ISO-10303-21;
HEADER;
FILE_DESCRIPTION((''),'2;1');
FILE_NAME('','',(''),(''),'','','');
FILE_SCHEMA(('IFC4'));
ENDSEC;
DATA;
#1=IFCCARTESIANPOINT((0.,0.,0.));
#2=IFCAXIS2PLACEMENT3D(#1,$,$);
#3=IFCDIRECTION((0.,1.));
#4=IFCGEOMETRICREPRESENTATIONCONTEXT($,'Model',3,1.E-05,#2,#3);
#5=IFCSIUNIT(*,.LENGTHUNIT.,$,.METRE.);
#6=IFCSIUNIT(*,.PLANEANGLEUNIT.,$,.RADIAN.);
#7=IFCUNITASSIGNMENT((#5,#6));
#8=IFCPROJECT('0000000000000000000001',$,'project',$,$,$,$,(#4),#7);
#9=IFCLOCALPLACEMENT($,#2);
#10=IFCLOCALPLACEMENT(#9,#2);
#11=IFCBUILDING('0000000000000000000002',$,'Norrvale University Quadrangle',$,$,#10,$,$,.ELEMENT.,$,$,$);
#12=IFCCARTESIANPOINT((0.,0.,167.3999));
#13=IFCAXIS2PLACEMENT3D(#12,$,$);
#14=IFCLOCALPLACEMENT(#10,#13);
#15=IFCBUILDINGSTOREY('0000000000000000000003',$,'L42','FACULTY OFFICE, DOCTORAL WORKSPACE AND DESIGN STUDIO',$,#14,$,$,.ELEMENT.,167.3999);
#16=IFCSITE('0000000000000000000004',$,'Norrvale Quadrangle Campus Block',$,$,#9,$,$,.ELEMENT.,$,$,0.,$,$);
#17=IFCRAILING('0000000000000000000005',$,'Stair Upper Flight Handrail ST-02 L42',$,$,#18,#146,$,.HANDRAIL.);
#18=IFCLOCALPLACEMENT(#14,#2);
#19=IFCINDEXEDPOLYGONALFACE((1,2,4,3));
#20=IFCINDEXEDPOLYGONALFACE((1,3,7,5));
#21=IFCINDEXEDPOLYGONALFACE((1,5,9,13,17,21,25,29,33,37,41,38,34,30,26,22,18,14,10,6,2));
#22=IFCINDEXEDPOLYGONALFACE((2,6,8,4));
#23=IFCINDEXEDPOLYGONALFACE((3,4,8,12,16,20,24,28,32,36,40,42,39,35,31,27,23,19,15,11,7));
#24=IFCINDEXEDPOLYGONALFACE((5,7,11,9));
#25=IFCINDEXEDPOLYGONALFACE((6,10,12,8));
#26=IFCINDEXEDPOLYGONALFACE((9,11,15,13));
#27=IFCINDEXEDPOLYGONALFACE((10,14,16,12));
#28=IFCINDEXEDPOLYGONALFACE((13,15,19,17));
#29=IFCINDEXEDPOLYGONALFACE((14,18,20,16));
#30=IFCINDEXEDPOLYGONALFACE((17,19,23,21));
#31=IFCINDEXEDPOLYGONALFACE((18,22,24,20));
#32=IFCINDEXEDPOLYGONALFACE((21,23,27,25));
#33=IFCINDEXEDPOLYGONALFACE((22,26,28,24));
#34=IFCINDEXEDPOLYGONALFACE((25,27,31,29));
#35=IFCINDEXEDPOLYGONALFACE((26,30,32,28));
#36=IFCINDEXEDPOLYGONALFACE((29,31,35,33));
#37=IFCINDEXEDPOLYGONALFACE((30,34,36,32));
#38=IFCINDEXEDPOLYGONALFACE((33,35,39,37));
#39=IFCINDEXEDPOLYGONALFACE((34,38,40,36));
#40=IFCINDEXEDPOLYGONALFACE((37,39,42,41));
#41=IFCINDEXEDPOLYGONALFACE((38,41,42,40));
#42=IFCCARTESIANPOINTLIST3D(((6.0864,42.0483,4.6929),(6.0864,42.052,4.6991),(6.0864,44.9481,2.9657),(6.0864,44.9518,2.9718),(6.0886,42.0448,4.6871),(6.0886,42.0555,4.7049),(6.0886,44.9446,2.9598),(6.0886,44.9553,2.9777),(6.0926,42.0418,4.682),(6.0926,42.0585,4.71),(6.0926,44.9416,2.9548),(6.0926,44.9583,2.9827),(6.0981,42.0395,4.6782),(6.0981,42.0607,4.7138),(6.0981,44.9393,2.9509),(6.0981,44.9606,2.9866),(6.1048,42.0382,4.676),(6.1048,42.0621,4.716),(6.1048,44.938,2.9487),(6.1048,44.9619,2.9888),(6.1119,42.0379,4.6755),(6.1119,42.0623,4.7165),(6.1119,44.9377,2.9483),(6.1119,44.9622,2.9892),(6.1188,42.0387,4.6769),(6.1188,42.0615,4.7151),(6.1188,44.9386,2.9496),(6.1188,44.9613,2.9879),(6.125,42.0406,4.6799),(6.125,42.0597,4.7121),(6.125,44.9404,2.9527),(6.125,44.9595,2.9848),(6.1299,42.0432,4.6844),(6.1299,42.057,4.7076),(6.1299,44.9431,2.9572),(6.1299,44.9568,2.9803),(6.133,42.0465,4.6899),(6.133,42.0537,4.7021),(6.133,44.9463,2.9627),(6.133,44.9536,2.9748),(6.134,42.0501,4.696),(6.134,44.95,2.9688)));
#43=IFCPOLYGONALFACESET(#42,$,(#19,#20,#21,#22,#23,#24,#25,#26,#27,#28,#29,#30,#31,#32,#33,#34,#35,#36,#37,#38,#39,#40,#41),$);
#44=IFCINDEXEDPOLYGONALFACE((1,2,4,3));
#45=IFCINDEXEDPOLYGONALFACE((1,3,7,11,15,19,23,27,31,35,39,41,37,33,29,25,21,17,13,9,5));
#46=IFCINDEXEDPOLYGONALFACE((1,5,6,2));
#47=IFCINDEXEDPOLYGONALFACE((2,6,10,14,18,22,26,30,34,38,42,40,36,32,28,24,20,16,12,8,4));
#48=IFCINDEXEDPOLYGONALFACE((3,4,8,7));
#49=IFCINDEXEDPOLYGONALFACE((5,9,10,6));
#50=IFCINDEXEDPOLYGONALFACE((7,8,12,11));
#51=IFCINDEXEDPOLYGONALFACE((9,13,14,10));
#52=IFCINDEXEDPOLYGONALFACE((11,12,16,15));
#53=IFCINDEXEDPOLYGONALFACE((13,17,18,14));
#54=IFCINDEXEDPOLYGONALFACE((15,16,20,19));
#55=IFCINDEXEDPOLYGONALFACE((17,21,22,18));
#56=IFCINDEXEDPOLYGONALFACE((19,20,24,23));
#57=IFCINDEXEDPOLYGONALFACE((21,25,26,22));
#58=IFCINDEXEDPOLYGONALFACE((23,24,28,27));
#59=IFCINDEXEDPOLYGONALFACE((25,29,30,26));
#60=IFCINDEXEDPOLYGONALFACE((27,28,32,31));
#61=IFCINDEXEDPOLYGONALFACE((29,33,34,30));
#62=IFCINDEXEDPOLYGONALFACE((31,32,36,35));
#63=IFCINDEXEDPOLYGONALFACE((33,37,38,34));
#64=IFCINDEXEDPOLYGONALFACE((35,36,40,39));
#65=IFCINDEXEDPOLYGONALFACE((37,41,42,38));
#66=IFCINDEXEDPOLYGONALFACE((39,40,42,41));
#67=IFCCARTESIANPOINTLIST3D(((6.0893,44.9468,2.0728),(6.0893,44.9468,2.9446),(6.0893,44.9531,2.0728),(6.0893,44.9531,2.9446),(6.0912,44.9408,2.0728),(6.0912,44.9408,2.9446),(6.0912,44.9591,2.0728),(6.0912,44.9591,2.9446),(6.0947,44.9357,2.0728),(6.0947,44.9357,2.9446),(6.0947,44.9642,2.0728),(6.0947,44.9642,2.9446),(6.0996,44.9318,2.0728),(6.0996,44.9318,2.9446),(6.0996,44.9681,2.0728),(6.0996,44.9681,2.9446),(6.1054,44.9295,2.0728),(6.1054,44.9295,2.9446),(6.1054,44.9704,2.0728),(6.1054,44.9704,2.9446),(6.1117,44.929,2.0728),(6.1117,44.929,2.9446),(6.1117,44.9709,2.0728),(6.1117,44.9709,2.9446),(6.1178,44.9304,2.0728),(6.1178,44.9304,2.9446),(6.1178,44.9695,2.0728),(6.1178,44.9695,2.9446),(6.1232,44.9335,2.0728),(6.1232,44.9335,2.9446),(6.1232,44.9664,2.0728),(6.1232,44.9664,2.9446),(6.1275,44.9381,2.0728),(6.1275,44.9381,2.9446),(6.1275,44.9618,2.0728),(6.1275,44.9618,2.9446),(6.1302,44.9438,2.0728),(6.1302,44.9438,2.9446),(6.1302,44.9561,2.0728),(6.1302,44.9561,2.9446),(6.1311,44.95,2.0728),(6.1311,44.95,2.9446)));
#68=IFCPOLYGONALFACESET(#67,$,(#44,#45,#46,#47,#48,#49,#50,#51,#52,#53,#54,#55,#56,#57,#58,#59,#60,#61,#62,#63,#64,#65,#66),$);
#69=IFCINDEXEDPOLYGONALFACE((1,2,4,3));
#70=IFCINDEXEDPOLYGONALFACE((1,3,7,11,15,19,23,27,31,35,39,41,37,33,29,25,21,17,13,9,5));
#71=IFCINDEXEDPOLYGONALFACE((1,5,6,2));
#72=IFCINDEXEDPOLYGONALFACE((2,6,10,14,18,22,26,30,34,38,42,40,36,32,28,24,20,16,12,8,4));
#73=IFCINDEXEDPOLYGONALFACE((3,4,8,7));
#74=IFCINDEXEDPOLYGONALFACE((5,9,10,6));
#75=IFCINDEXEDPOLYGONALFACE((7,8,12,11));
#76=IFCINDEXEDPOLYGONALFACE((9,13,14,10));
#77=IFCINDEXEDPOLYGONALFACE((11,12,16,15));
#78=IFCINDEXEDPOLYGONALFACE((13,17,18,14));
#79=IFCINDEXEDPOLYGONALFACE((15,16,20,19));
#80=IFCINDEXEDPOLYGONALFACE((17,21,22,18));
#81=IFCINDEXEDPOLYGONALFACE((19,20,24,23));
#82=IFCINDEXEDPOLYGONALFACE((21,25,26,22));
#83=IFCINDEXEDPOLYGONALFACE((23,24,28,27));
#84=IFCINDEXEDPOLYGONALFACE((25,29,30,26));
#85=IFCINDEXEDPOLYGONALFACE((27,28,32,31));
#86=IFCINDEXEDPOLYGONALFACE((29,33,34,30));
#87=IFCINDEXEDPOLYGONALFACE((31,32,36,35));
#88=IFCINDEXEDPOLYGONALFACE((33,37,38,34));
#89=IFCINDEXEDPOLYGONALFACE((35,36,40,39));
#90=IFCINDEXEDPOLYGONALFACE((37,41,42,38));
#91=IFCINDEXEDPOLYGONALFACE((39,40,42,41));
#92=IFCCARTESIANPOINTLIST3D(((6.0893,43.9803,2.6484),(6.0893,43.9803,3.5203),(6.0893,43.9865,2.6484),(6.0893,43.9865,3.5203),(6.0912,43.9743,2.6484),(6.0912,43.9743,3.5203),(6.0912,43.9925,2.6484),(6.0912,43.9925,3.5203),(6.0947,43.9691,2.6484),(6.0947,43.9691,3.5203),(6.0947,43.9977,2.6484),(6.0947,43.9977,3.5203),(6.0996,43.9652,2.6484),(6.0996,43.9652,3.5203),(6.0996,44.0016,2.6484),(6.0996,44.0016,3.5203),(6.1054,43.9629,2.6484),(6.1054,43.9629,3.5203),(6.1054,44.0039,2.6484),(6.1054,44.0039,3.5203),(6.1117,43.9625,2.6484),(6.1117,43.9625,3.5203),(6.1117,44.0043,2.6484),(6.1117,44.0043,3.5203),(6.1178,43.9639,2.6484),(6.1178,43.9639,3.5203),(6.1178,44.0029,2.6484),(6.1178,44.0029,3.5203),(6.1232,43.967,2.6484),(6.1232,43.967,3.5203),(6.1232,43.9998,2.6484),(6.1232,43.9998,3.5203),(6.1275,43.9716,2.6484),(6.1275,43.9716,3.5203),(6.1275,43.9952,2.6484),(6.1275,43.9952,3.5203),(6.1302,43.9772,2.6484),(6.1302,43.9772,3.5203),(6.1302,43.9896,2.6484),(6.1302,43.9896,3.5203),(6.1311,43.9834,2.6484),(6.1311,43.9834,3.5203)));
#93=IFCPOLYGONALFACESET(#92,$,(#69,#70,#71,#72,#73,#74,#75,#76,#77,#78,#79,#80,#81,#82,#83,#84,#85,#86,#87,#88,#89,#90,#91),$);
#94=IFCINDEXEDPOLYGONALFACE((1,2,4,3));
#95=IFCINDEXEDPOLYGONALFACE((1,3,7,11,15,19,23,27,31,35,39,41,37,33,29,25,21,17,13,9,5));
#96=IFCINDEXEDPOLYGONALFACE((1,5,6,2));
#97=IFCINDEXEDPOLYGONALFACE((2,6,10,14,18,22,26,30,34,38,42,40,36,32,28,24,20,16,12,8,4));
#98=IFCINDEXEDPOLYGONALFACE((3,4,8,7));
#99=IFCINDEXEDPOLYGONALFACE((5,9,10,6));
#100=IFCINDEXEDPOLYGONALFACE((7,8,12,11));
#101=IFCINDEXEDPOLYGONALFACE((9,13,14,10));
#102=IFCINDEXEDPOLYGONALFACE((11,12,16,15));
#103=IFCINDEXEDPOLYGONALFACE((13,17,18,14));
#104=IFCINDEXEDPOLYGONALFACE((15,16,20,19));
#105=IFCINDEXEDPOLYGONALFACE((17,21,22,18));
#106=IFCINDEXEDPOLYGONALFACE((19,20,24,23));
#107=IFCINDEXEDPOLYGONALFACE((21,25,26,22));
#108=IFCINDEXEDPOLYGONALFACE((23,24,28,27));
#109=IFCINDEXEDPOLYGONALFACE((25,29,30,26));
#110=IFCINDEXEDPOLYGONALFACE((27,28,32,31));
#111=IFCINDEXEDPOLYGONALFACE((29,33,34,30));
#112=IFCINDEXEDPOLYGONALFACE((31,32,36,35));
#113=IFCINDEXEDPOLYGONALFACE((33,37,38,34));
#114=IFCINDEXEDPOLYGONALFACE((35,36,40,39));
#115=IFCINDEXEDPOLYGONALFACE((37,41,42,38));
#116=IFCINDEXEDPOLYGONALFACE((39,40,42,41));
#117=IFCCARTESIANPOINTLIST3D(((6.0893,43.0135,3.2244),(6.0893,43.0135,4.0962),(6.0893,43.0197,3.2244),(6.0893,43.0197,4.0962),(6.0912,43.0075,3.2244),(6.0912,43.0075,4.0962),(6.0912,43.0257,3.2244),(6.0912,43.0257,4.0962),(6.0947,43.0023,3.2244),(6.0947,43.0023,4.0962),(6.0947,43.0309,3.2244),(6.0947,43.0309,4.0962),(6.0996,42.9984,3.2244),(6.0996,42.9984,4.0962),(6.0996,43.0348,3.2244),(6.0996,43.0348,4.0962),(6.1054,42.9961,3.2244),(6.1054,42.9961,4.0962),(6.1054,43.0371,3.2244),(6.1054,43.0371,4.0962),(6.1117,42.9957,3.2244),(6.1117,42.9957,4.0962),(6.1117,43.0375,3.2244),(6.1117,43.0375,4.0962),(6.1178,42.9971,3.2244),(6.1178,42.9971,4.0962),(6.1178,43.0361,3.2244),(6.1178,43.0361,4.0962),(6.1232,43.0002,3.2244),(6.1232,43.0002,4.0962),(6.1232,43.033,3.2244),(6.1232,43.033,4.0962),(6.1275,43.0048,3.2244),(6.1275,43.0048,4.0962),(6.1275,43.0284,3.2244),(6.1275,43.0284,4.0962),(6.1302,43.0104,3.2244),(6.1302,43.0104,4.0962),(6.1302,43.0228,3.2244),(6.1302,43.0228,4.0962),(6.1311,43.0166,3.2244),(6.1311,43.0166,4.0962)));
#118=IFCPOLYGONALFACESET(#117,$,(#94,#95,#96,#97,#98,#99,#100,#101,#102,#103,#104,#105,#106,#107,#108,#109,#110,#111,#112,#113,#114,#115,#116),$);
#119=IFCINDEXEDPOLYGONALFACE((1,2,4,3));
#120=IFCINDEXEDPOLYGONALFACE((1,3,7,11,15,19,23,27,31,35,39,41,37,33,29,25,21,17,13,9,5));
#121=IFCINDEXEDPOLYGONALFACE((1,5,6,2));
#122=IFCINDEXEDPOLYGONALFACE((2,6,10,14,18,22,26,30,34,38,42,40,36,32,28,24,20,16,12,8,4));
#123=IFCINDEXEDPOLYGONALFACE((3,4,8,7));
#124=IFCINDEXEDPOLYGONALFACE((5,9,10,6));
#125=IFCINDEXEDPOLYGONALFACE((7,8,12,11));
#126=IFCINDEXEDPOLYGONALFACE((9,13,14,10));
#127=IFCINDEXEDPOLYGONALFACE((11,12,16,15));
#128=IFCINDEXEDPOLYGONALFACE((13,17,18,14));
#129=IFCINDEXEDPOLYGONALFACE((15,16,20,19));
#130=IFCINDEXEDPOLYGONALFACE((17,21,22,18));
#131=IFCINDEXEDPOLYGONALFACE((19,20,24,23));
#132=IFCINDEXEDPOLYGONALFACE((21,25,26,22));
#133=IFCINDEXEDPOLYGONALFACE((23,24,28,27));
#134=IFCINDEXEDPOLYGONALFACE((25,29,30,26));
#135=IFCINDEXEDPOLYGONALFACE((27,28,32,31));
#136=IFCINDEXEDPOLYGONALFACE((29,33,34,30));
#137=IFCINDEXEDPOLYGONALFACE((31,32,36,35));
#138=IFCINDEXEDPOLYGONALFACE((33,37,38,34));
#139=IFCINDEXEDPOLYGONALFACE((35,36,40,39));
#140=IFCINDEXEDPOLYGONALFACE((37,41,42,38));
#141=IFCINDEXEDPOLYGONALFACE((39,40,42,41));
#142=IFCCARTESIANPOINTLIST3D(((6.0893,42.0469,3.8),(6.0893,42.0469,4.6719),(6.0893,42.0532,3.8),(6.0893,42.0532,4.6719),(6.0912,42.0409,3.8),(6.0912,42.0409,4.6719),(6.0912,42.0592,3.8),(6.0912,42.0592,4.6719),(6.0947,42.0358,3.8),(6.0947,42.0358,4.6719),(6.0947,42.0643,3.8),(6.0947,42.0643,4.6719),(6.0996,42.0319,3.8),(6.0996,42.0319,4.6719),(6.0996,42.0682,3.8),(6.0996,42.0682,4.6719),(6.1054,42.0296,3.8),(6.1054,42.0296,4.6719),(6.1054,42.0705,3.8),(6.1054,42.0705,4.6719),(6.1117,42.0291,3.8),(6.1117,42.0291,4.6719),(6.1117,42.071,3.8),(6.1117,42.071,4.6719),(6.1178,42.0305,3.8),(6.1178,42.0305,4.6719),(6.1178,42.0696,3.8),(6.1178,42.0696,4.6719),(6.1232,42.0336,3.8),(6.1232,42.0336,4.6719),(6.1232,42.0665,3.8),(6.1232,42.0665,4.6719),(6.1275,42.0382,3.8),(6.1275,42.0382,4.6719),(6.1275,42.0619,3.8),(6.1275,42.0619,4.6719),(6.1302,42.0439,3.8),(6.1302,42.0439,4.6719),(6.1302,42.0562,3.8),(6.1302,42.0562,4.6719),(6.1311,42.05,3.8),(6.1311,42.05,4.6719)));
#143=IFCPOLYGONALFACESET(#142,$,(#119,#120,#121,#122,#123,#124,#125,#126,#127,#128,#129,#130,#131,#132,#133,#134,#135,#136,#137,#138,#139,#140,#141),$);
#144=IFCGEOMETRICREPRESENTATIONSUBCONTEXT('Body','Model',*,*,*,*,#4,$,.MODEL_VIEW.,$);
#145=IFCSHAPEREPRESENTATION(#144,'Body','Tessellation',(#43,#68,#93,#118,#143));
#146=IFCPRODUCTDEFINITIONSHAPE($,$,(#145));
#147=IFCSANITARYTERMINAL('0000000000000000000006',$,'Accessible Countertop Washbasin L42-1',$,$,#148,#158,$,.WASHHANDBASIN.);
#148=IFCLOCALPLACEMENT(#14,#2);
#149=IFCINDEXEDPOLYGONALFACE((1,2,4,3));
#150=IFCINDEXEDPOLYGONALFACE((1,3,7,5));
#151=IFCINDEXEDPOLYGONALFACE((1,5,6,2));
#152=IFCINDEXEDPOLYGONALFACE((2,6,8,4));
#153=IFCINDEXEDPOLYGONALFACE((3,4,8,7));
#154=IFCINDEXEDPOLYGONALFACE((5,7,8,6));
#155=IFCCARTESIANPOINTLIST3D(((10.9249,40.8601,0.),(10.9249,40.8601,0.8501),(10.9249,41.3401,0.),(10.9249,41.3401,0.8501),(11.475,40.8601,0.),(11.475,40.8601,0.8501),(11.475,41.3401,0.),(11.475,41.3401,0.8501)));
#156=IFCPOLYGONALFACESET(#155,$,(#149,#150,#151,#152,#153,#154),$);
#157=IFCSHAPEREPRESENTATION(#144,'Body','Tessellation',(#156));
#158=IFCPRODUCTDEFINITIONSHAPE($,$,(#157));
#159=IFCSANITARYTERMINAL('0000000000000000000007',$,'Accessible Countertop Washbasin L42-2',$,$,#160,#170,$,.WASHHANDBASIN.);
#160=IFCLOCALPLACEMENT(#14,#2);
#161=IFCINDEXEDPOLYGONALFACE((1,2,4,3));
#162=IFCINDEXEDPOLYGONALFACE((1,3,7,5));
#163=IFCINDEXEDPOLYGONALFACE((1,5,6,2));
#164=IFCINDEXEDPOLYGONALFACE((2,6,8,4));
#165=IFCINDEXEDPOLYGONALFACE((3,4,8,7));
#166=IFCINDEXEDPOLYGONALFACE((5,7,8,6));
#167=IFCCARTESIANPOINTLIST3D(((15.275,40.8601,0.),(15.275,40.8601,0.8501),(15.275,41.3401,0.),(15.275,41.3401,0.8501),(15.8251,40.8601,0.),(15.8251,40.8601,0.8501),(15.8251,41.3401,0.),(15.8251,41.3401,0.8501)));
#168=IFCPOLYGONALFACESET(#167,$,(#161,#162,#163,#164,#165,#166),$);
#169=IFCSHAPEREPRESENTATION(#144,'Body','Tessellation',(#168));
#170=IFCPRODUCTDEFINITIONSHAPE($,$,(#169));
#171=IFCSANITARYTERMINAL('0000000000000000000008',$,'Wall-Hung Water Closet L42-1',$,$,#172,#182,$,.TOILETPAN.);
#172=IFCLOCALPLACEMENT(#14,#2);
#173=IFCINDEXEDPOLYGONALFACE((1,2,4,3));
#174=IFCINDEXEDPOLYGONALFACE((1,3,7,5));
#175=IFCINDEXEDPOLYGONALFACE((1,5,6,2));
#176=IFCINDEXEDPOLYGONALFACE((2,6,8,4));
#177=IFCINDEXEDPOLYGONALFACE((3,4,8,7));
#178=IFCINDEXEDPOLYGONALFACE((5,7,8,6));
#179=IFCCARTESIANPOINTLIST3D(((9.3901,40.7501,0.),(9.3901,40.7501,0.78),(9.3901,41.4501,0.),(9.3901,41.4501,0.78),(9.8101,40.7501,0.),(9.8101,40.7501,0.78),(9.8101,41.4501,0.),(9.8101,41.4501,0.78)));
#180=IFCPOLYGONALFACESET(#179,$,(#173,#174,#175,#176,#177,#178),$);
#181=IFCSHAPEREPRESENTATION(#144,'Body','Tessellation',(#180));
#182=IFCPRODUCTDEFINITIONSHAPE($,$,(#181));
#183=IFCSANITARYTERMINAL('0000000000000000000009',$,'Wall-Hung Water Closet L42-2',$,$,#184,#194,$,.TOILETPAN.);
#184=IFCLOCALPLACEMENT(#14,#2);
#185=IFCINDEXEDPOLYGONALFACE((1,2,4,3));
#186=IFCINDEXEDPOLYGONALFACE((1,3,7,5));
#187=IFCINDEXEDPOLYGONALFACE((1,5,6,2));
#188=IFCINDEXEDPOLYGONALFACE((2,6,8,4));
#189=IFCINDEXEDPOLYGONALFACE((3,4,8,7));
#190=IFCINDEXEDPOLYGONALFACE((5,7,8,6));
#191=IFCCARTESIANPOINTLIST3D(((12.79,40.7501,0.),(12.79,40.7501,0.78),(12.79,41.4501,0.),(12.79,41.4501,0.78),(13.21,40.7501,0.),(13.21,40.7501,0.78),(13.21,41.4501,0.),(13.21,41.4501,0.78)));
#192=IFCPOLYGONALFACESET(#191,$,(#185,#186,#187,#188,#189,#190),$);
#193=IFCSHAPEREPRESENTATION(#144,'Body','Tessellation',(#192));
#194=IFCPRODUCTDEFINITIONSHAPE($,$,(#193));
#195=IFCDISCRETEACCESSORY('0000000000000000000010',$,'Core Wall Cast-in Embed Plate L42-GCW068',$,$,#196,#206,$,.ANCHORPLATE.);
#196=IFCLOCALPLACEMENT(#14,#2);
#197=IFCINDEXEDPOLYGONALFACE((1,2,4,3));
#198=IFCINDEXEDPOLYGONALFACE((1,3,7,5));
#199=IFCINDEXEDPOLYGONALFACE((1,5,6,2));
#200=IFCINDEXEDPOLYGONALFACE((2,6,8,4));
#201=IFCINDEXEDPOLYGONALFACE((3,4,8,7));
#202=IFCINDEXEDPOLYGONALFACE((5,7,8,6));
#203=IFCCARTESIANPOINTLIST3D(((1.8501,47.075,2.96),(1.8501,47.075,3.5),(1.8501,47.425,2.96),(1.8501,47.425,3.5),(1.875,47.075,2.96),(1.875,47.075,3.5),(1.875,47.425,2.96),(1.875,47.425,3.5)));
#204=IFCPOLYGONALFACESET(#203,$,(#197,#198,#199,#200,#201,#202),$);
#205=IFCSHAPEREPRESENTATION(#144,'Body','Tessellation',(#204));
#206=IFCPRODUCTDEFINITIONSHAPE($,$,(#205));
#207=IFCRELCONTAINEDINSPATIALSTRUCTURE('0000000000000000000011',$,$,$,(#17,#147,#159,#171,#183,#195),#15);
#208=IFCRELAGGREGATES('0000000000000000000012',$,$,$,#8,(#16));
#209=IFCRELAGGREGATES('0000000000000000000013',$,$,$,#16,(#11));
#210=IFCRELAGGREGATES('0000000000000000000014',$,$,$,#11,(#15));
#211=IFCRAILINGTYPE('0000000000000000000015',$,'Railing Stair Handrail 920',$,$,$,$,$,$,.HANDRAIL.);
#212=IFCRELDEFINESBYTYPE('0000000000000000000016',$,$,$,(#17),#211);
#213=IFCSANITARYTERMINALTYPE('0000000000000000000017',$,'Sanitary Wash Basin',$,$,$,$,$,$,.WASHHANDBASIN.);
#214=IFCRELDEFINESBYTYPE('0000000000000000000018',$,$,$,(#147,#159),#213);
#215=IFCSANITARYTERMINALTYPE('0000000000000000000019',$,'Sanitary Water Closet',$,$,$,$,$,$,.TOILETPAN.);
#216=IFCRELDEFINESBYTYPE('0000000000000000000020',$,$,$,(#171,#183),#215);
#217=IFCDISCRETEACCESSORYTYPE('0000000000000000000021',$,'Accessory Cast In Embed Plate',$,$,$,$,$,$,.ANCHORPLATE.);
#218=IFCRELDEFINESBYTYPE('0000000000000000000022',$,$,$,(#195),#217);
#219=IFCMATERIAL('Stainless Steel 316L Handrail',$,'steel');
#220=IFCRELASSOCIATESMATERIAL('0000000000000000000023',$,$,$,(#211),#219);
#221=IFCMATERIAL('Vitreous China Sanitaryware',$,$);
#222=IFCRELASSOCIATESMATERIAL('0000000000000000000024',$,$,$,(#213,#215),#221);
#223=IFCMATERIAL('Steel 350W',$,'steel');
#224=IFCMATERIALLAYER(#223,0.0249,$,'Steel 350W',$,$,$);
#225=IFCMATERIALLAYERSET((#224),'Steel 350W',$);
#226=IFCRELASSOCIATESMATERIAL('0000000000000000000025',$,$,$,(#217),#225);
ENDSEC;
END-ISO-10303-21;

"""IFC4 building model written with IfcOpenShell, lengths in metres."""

from ifc_helpers import new_model, si_unit, direction, frame, origin, origin_2d, place, context, subcontext, project, spatial, rectangle, circle, extrude, material, layer, layer_set, type_object, element, save


model = new_model("IFC4")

# Units and contexts
model_context = context("Model", 3, precision=1e-05, world=origin(), true_north=direction((0.0, 1.0)))
body_context = subcontext(model_context, "Body", "Model", "MODEL_VIEW")
ifc_project = project(units=[si_unit("LENGTHUNIT", "METRE"), si_unit("PLANEANGLEUNIT", "RADIAN")], contexts=[model_context])

# Site, building, storey
site_placement = place(None, origin())
site = spatial("IfcSite", under=ifc_project, at=site_placement, Name="Norrvale Quadrangle Campus Block", CompositionType="ELEMENT", RefElevation=0.0)
building_placement = place(site_placement, origin())
building = spatial("IfcBuilding", under=site, at=building_placement, Name="Norrvale University Quadrangle", CompositionType="ELEMENT")
storey_placement = place(building_placement, frame((0.0, 0.0, 167.3999)))
storey = spatial("IfcBuildingStorey", under=building, at=storey_placement, Name="L42", Description="FACULTY OFFICE, DOCTORAL WORKSPACE AND DESIGN STUDIO", CompositionType="ELEMENT", Elevation=167.3999)

# Shared definitions
ifc_material_1 = material(Name="Steel 350W", Category="steel")

# Railing
ifc_material_2 = material(Name="Stainless Steel 316L Handrail", Category="steel")
railing_type_1 = type_object("IfcRailingType", Name="Railing Stair Handrail 920", PredefinedType="HANDRAIL", material=ifc_material_2)
railing_1_placement = place(storey_placement, frame((6.1101, 44.95, 2.0728)))
element("IfcRailing", 1, at=railing_1_placement, inside=storey, type_object=railing_type_1, Name="Stair Upper Flight Handrail ST-02 L42", PredefinedType="HANDRAIL", context=body_context, shape_type="SweptSolid", body=[
    extrude(circle(Radius=0.0239, at=origin_2d()), frame((0.0, 0.0, 0.896), z_axis=(0.0, -0.859141, 0.511738), x_axis=(1.0, 0.0, 0.0)), (0.0, 0.0, 1.0), 3.3752),
    extrude(circle(Radius=0.021, at=origin_2d()), origin(), (0.0, 0.0, 1.0), 0.8718),
    extrude(circle(Radius=0.021, at=origin_2d()), frame((0.0, -0.9666, 0.5757)), (0.0, 0.0, 1.0), 0.8718),
    extrude(circle(Radius=0.021, at=origin_2d()), frame((0.0, -1.9333, 1.1516)), (0.0, 0.0, 1.0), 0.8718),
    extrude(circle(Radius=0.021, at=origin_2d()), frame((0.0, -2.8999, 1.7273)), (0.0, 0.0, 1.0), 0.8718),
])

# Sanitary terminals
ifc_material_3 = material(Name="Vitreous China Sanitaryware")
sanitary_terminal_type_1 = type_object("IfcSanitaryTerminalType", Name="Sanitary Wash Basin", PredefinedType="WASHHANDBASIN", material=ifc_material_3)
for number, where, z_axis, x_axis, name in (
    (2, (11.2, 41.1001, 0.0), (0.0, 0.0, 1.0), (1.0, 0.0, 0.0), "Accessible Countertop Washbasin L42-1"),
    (3, (15.55, 41.1001, 0.0), (0.0, 0.0, 1.0), (1.0, 0.0, 0.0), "Accessible Countertop Washbasin L42-2"),
):
    element("IfcSanitaryTerminal", number, at=place(storey_placement, frame(where, z_axis=z_axis, x_axis=x_axis)), inside=storey, type_object=sanitary_terminal_type_1, Name=name, PredefinedType="WASHHANDBASIN", context=body_context, shape_type="SweptSolid", body=[
        extrude(rectangle(XDim=0.55, YDim=0.48, at=origin_2d()), origin(), (0.0, 0.0, 1.0), 0.8501),
    ])
sanitary_terminal_type_2 = type_object("IfcSanitaryTerminalType", Name="Sanitary Water Closet", PredefinedType="TOILETPAN", material=ifc_material_3)
for number, where, z_axis, x_axis, name in (
    (4, (9.6001, 41.1001, 0.0), (0.0, 0.0, 1.0), (1.0, 0.0, 0.0), "Wall-Hung Water Closet L42-1"),
    (5, (13.0, 41.1001, 0.0), (0.0, 0.0, 1.0), (1.0, 0.0, 0.0), "Wall-Hung Water Closet L42-2"),
):
    element("IfcSanitaryTerminal", number, at=place(storey_placement, frame(where, z_axis=z_axis, x_axis=x_axis)), inside=storey, type_object=sanitary_terminal_type_2, Name=name, PredefinedType="TOILETPAN", context=body_context, shape_type="SweptSolid", body=[
        extrude(rectangle(XDim=0.4199, YDim=0.7, at=origin_2d()), origin(), (0.0, 0.0, 1.0), 0.78),
    ])

# Discrete accessory
ifc_layer_1 = layer(ifc_material_1, 0.0249, Name="Steel 350W")
ifc_layer_set_1 = layer_set([ifc_layer_1], Name="Steel 350W")
discrete_accessory_type = type_object("IfcDiscreteAccessoryType", Name="Accessory Cast In Embed Plate", PredefinedType="ANCHORPLATE", material=ifc_layer_set_1)
discrete_accessory_placement = place(storey_placement, frame((1.8625, 47.25, 2.96), z_axis=(0.0, 0.0, 1.0), x_axis=(1.0, 0.0, 0.0)))
element("IfcDiscreteAccessory", 6, at=discrete_accessory_placement, inside=storey, type_object=discrete_accessory_type, Name="Core Wall Cast-in Embed Plate L42-GCW068", PredefinedType="ANCHORPLATE", context=body_context, shape_type="SweptSolid", body=[
    extrude(rectangle(XDim=0.0249, YDim=0.3501, at=origin_2d()), origin(), (0.0, 0.0, 1.0), 0.54),
])

save(model, "model.ifc")
